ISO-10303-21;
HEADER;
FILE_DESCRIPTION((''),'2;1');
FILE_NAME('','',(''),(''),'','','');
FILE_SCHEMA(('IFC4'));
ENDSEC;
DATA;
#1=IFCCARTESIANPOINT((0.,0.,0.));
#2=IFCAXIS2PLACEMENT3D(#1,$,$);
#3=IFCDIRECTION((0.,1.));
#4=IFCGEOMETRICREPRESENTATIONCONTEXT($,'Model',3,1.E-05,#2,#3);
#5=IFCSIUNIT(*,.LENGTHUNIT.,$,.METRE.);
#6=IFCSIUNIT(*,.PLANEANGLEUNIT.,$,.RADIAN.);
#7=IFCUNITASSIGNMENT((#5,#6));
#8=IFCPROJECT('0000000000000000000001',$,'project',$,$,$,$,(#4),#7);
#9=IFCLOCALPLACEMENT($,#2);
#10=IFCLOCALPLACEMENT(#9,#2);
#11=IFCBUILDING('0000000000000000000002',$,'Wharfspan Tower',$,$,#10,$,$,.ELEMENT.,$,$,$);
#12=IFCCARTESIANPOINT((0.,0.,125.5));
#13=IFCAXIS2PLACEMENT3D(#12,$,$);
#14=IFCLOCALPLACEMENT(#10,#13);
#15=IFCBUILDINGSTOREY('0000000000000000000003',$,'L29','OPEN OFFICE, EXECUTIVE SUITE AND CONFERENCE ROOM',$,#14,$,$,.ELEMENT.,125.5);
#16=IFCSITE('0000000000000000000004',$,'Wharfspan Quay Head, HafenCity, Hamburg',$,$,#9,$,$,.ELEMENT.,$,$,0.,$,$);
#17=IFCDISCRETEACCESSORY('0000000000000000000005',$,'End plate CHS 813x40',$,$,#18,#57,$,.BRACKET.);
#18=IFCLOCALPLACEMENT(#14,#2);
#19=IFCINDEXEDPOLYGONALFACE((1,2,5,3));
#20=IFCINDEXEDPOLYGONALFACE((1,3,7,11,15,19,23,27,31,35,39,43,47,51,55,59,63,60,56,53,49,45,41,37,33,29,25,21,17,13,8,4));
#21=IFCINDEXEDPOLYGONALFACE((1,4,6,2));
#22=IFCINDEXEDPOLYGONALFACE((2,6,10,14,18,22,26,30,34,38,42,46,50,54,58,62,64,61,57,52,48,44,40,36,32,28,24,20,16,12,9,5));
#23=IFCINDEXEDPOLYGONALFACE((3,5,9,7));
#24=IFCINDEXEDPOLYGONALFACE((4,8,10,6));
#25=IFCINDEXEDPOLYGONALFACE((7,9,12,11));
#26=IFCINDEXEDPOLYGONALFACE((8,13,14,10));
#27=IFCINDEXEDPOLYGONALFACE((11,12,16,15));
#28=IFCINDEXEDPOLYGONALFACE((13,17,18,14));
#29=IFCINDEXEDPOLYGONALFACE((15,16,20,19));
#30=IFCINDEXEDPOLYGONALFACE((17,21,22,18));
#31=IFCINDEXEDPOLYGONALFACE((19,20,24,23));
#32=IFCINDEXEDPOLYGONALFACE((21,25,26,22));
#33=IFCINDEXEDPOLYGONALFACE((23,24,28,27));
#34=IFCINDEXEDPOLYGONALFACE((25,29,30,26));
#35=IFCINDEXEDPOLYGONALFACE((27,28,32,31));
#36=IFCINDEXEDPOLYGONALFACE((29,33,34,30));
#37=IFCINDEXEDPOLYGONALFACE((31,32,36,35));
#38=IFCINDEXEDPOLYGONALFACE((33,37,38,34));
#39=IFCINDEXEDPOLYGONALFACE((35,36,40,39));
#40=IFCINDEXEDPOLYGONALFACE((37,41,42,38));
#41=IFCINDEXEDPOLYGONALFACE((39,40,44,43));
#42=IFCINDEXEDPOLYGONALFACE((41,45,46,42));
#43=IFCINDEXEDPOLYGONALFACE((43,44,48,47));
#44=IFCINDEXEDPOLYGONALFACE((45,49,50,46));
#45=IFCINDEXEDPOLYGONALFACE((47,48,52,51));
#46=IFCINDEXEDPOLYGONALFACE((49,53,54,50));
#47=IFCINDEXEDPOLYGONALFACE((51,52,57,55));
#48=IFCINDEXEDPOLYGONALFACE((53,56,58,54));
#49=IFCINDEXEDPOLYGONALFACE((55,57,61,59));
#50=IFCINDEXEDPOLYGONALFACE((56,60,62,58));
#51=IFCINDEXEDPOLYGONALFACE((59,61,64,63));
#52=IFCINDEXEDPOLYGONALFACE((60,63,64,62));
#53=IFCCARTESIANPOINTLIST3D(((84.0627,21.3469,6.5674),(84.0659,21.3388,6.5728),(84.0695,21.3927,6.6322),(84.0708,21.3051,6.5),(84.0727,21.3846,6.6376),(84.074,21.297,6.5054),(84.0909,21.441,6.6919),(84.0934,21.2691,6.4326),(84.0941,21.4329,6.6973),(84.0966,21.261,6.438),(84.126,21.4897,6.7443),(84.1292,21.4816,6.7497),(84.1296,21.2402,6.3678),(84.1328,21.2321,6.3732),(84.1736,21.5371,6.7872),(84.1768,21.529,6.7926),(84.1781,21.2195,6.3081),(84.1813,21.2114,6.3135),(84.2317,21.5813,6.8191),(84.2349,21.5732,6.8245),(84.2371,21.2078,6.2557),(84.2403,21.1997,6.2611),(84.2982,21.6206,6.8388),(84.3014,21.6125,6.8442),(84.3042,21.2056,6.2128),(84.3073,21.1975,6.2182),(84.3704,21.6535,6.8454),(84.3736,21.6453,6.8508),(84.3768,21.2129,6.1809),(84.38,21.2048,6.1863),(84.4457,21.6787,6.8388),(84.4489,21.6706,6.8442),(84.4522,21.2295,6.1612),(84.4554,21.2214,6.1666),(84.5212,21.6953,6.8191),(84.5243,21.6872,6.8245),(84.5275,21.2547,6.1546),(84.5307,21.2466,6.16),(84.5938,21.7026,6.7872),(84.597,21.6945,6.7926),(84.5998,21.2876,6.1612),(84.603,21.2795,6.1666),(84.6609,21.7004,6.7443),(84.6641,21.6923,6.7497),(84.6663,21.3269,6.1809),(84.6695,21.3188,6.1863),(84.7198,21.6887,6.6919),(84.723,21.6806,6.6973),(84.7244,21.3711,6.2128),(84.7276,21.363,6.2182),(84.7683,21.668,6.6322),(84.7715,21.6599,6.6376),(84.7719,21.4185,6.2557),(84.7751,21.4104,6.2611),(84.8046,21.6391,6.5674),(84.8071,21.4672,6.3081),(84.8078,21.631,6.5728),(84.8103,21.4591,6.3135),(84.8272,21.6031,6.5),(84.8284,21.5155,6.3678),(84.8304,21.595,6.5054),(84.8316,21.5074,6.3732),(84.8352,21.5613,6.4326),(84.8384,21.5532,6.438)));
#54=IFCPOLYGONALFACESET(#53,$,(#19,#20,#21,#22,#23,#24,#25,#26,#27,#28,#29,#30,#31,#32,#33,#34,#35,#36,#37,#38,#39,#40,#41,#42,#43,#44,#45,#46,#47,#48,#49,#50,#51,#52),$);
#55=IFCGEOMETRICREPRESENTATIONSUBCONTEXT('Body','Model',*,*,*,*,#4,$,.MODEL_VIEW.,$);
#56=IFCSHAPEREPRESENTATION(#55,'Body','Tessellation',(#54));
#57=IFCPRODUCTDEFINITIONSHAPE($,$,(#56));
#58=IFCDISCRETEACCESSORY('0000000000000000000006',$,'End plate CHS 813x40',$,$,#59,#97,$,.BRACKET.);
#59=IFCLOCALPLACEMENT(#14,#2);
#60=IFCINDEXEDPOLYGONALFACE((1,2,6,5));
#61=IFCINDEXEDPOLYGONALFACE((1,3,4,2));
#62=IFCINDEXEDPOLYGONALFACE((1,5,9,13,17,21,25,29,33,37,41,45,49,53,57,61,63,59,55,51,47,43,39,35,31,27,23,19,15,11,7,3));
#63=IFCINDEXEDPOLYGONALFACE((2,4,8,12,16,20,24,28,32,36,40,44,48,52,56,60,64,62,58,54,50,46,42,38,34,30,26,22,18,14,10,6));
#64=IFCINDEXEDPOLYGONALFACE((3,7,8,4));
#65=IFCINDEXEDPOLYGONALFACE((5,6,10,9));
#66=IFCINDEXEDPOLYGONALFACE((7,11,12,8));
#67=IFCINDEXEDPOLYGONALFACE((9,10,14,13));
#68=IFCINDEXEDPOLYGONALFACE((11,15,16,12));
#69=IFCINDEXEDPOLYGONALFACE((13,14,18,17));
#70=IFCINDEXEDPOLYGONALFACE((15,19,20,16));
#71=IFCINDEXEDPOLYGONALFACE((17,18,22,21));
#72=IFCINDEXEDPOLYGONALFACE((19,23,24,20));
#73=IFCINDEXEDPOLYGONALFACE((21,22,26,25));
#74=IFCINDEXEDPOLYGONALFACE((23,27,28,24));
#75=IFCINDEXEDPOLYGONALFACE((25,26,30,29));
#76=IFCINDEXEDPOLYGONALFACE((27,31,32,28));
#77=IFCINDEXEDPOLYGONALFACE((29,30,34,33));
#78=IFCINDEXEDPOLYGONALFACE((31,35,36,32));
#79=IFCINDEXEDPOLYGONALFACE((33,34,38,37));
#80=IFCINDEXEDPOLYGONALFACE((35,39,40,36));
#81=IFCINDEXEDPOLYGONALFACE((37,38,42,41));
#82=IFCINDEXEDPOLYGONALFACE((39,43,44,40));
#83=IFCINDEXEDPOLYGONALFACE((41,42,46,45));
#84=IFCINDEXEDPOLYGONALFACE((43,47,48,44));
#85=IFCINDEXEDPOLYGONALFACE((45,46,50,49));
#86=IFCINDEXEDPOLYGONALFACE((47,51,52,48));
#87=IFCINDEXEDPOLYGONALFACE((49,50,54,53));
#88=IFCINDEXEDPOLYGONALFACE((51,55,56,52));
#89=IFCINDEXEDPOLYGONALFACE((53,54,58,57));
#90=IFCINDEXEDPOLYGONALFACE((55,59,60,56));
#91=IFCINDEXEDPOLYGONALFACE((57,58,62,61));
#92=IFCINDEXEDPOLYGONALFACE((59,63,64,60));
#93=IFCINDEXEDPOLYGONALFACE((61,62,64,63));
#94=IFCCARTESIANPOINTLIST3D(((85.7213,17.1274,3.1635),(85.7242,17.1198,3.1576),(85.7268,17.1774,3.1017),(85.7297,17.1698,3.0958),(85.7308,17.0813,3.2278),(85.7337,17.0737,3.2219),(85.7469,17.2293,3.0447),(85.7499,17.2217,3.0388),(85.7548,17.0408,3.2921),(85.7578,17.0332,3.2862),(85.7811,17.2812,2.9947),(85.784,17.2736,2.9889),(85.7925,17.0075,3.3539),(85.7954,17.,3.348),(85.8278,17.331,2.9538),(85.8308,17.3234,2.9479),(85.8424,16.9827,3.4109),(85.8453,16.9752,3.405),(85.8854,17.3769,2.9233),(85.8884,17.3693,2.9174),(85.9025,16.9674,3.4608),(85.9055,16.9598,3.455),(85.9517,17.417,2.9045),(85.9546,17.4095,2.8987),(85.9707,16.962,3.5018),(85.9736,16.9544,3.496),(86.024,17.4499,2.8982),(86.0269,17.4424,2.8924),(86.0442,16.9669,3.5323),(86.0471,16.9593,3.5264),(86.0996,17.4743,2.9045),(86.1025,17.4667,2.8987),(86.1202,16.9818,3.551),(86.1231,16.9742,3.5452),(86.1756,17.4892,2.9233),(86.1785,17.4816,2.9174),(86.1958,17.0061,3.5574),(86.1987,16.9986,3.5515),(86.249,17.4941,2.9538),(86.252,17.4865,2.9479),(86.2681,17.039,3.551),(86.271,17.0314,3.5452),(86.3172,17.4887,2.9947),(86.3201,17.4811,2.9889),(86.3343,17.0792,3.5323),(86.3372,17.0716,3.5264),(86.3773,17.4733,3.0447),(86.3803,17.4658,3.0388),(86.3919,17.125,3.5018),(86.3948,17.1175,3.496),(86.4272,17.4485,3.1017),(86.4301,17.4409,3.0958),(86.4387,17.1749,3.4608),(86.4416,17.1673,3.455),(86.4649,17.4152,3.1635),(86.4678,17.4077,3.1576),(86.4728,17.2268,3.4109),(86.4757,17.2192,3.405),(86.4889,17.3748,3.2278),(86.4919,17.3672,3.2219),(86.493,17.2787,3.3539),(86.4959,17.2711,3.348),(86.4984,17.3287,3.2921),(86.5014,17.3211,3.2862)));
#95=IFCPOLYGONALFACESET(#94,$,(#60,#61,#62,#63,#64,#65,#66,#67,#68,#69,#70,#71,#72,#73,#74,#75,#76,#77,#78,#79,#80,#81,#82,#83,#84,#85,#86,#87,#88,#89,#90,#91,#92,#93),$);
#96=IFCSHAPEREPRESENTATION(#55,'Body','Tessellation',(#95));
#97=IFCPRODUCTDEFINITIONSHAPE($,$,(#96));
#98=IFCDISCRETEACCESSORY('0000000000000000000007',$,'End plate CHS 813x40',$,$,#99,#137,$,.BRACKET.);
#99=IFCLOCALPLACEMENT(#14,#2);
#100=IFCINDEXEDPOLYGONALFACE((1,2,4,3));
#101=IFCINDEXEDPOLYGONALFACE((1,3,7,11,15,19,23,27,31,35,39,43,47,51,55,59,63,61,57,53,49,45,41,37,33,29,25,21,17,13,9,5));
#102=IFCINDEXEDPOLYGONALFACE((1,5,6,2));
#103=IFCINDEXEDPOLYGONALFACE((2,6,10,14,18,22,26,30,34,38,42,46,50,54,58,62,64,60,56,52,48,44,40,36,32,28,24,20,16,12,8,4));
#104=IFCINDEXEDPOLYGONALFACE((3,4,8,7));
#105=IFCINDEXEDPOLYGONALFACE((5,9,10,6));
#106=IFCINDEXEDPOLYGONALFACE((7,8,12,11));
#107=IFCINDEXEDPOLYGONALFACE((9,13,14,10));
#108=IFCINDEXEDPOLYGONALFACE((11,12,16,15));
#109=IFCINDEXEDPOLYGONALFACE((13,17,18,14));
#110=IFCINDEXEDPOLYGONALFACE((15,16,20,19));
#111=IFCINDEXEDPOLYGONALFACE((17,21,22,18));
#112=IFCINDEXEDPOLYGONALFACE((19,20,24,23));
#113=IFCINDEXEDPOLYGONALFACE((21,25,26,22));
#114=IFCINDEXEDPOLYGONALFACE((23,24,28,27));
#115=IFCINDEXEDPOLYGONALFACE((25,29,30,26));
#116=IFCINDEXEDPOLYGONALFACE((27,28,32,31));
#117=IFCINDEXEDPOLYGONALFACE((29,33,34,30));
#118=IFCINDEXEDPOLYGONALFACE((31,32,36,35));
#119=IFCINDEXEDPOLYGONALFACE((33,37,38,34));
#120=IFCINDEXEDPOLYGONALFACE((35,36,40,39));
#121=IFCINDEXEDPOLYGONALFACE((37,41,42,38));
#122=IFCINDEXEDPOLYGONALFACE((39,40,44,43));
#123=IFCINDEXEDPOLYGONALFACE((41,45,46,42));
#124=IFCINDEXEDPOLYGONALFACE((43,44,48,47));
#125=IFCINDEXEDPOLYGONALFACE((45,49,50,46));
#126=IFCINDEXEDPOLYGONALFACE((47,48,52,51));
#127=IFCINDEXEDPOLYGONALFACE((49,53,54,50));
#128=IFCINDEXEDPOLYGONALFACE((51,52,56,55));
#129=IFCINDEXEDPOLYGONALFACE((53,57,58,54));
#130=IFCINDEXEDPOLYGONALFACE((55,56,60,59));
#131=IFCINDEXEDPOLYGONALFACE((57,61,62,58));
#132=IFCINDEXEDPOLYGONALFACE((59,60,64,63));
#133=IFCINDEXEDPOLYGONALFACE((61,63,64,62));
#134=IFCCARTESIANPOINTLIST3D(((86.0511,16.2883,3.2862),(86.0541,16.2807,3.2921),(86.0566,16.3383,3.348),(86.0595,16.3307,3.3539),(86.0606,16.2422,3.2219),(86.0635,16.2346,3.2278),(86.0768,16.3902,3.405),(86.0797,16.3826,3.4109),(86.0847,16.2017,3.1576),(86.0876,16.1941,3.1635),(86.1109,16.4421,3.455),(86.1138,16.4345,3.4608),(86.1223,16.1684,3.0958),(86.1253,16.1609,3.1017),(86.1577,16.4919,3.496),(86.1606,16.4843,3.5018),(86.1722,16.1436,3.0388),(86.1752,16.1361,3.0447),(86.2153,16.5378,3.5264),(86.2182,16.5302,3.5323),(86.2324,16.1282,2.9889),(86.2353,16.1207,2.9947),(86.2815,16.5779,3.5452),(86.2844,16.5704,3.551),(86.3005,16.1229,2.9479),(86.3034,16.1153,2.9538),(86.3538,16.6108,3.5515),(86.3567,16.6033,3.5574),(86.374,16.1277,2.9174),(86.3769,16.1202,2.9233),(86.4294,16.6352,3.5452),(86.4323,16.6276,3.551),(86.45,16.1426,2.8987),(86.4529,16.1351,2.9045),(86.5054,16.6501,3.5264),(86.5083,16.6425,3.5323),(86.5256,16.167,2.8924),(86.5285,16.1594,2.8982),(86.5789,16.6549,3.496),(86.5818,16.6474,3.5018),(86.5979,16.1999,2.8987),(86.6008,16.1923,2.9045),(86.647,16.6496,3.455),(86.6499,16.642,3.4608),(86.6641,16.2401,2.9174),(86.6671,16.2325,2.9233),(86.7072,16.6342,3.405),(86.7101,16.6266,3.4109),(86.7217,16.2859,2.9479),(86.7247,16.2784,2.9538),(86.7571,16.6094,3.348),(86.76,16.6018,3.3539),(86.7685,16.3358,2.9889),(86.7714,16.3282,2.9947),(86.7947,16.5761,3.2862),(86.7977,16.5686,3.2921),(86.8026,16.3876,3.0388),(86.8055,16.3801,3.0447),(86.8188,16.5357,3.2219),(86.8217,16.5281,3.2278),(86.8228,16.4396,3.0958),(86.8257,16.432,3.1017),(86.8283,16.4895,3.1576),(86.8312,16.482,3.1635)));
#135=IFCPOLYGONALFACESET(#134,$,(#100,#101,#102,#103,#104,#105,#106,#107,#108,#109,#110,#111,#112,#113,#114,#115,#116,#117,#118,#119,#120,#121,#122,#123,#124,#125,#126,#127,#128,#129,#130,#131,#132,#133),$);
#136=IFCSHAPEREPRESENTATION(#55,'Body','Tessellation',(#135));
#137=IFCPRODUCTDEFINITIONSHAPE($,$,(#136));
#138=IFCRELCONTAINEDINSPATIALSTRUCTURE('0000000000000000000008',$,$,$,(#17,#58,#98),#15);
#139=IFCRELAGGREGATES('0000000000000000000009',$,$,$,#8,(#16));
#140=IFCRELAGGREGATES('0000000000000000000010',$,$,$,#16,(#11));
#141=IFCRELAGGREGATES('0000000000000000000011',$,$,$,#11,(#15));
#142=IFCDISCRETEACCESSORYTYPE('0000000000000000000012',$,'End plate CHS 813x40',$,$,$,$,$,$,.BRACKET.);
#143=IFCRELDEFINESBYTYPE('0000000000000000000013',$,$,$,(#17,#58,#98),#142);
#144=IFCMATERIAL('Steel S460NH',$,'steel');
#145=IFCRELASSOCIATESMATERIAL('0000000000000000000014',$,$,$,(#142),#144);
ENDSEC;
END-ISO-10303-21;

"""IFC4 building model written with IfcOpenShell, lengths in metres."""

from ifc_helpers import new_model, si_unit, direction, frame, origin, origin_2d, place, context, subcontext, project, spatial, circle, extrude, material, material_profile, profile_set, type_object, element, save


model = new_model("IFC4")

# Units and contexts
model_context = context("Model", 3, precision=1e-05, world=origin(), true_north=direction((0.0, 1.0)))
body_context = subcontext(model_context, "Body", "Model", "MODEL_VIEW")
ifc_project = project(units=[si_unit("LENGTHUNIT", "METRE"), si_unit("PLANEANGLEUNIT", "RADIAN")], contexts=[model_context])

# Site, building, storey
site_placement = place(None, origin())
site = spatial("IfcSite", under=ifc_project, at=site_placement, Name="Wharfspan Quay Head, HafenCity, Hamburg", CompositionType="ELEMENT", RefElevation=0.0)
building_placement = place(site_placement, origin())
building = spatial("IfcBuilding", under=site, at=building_placement, Name="Wharfspan Tower", CompositionType="ELEMENT")
storey_placement = place(building_placement, frame((0.0, 0.0, 125.5)))
storey = spatial("IfcBuildingStorey", under=building, at=storey_placement, Name="L29", Description="OPEN OFFICE, EXECUTIVE SUITE AND CONFERENCE ROOM", CompositionType="ELEMENT", Elevation=125.5)

# Shared definitions
ifc_material_1 = material(Name="Steel S460NH", Category="steel")

# Discrete accessories
ifc_material_profile_1 = material_profile(ifc_material_1, circle(Radius=0.4065, at=origin_2d()))
ifc_profile_set_1 = profile_set([ifc_material_profile_1], Name="Steel S460NH")
discrete_accessory_type = type_object("IfcDiscreteAccessoryType", Name="End plate CHS 813x40", PredefinedType="BRACKET", material=ifc_profile_set_1)
discrete_accessory_1_placement = place(storey_placement, frame((84.449, 21.4541, 6.5), z_axis=(0.311472, -0.79066, 0.527107), x_axis=(0.93041, 0.366525, 0.0)))
element("IfcDiscreteAccessory", 1, at=discrete_accessory_1_placement, inside=storey, type_object=discrete_accessory_type, Name="End plate CHS 813x40", PredefinedType="BRACKET", context=body_context, shape_type="SweptSolid", body=[
    extrude(circle(Radius=0.4065, at=origin_2d()), origin(), (0.0, 0.0, 1.0), 0.0103),
])
for number, where, z_axis, x_axis, name in (
    (2, (86.1128, 17.2205, 3.2219), (-0.292683, 0.756098, 0.585366), (-0.932565, -0.360992, -0.000001), "End plate CHS 813x40"),
    (3, (86.4397, 16.3889, 3.2219), (0.292683, -0.756098, 0.585366), (0.932565, 0.360992, -0.000001), "End plate CHS 813x40"),
):
    element("IfcDiscreteAccessory", number, at=place(storey_placement, frame(where, z_axis=z_axis, x_axis=x_axis)), inside=storey, type_object=discrete_accessory_type, Name=name, PredefinedType="BRACKET", context=body_context, shape_type="SweptSolid", body=[
        extrude(circle(Radius=0.4065, at=origin_2d()), origin(), (0.0, 0.0, 1.0), 0.01),
    ])

save(model, "model.ifc")
